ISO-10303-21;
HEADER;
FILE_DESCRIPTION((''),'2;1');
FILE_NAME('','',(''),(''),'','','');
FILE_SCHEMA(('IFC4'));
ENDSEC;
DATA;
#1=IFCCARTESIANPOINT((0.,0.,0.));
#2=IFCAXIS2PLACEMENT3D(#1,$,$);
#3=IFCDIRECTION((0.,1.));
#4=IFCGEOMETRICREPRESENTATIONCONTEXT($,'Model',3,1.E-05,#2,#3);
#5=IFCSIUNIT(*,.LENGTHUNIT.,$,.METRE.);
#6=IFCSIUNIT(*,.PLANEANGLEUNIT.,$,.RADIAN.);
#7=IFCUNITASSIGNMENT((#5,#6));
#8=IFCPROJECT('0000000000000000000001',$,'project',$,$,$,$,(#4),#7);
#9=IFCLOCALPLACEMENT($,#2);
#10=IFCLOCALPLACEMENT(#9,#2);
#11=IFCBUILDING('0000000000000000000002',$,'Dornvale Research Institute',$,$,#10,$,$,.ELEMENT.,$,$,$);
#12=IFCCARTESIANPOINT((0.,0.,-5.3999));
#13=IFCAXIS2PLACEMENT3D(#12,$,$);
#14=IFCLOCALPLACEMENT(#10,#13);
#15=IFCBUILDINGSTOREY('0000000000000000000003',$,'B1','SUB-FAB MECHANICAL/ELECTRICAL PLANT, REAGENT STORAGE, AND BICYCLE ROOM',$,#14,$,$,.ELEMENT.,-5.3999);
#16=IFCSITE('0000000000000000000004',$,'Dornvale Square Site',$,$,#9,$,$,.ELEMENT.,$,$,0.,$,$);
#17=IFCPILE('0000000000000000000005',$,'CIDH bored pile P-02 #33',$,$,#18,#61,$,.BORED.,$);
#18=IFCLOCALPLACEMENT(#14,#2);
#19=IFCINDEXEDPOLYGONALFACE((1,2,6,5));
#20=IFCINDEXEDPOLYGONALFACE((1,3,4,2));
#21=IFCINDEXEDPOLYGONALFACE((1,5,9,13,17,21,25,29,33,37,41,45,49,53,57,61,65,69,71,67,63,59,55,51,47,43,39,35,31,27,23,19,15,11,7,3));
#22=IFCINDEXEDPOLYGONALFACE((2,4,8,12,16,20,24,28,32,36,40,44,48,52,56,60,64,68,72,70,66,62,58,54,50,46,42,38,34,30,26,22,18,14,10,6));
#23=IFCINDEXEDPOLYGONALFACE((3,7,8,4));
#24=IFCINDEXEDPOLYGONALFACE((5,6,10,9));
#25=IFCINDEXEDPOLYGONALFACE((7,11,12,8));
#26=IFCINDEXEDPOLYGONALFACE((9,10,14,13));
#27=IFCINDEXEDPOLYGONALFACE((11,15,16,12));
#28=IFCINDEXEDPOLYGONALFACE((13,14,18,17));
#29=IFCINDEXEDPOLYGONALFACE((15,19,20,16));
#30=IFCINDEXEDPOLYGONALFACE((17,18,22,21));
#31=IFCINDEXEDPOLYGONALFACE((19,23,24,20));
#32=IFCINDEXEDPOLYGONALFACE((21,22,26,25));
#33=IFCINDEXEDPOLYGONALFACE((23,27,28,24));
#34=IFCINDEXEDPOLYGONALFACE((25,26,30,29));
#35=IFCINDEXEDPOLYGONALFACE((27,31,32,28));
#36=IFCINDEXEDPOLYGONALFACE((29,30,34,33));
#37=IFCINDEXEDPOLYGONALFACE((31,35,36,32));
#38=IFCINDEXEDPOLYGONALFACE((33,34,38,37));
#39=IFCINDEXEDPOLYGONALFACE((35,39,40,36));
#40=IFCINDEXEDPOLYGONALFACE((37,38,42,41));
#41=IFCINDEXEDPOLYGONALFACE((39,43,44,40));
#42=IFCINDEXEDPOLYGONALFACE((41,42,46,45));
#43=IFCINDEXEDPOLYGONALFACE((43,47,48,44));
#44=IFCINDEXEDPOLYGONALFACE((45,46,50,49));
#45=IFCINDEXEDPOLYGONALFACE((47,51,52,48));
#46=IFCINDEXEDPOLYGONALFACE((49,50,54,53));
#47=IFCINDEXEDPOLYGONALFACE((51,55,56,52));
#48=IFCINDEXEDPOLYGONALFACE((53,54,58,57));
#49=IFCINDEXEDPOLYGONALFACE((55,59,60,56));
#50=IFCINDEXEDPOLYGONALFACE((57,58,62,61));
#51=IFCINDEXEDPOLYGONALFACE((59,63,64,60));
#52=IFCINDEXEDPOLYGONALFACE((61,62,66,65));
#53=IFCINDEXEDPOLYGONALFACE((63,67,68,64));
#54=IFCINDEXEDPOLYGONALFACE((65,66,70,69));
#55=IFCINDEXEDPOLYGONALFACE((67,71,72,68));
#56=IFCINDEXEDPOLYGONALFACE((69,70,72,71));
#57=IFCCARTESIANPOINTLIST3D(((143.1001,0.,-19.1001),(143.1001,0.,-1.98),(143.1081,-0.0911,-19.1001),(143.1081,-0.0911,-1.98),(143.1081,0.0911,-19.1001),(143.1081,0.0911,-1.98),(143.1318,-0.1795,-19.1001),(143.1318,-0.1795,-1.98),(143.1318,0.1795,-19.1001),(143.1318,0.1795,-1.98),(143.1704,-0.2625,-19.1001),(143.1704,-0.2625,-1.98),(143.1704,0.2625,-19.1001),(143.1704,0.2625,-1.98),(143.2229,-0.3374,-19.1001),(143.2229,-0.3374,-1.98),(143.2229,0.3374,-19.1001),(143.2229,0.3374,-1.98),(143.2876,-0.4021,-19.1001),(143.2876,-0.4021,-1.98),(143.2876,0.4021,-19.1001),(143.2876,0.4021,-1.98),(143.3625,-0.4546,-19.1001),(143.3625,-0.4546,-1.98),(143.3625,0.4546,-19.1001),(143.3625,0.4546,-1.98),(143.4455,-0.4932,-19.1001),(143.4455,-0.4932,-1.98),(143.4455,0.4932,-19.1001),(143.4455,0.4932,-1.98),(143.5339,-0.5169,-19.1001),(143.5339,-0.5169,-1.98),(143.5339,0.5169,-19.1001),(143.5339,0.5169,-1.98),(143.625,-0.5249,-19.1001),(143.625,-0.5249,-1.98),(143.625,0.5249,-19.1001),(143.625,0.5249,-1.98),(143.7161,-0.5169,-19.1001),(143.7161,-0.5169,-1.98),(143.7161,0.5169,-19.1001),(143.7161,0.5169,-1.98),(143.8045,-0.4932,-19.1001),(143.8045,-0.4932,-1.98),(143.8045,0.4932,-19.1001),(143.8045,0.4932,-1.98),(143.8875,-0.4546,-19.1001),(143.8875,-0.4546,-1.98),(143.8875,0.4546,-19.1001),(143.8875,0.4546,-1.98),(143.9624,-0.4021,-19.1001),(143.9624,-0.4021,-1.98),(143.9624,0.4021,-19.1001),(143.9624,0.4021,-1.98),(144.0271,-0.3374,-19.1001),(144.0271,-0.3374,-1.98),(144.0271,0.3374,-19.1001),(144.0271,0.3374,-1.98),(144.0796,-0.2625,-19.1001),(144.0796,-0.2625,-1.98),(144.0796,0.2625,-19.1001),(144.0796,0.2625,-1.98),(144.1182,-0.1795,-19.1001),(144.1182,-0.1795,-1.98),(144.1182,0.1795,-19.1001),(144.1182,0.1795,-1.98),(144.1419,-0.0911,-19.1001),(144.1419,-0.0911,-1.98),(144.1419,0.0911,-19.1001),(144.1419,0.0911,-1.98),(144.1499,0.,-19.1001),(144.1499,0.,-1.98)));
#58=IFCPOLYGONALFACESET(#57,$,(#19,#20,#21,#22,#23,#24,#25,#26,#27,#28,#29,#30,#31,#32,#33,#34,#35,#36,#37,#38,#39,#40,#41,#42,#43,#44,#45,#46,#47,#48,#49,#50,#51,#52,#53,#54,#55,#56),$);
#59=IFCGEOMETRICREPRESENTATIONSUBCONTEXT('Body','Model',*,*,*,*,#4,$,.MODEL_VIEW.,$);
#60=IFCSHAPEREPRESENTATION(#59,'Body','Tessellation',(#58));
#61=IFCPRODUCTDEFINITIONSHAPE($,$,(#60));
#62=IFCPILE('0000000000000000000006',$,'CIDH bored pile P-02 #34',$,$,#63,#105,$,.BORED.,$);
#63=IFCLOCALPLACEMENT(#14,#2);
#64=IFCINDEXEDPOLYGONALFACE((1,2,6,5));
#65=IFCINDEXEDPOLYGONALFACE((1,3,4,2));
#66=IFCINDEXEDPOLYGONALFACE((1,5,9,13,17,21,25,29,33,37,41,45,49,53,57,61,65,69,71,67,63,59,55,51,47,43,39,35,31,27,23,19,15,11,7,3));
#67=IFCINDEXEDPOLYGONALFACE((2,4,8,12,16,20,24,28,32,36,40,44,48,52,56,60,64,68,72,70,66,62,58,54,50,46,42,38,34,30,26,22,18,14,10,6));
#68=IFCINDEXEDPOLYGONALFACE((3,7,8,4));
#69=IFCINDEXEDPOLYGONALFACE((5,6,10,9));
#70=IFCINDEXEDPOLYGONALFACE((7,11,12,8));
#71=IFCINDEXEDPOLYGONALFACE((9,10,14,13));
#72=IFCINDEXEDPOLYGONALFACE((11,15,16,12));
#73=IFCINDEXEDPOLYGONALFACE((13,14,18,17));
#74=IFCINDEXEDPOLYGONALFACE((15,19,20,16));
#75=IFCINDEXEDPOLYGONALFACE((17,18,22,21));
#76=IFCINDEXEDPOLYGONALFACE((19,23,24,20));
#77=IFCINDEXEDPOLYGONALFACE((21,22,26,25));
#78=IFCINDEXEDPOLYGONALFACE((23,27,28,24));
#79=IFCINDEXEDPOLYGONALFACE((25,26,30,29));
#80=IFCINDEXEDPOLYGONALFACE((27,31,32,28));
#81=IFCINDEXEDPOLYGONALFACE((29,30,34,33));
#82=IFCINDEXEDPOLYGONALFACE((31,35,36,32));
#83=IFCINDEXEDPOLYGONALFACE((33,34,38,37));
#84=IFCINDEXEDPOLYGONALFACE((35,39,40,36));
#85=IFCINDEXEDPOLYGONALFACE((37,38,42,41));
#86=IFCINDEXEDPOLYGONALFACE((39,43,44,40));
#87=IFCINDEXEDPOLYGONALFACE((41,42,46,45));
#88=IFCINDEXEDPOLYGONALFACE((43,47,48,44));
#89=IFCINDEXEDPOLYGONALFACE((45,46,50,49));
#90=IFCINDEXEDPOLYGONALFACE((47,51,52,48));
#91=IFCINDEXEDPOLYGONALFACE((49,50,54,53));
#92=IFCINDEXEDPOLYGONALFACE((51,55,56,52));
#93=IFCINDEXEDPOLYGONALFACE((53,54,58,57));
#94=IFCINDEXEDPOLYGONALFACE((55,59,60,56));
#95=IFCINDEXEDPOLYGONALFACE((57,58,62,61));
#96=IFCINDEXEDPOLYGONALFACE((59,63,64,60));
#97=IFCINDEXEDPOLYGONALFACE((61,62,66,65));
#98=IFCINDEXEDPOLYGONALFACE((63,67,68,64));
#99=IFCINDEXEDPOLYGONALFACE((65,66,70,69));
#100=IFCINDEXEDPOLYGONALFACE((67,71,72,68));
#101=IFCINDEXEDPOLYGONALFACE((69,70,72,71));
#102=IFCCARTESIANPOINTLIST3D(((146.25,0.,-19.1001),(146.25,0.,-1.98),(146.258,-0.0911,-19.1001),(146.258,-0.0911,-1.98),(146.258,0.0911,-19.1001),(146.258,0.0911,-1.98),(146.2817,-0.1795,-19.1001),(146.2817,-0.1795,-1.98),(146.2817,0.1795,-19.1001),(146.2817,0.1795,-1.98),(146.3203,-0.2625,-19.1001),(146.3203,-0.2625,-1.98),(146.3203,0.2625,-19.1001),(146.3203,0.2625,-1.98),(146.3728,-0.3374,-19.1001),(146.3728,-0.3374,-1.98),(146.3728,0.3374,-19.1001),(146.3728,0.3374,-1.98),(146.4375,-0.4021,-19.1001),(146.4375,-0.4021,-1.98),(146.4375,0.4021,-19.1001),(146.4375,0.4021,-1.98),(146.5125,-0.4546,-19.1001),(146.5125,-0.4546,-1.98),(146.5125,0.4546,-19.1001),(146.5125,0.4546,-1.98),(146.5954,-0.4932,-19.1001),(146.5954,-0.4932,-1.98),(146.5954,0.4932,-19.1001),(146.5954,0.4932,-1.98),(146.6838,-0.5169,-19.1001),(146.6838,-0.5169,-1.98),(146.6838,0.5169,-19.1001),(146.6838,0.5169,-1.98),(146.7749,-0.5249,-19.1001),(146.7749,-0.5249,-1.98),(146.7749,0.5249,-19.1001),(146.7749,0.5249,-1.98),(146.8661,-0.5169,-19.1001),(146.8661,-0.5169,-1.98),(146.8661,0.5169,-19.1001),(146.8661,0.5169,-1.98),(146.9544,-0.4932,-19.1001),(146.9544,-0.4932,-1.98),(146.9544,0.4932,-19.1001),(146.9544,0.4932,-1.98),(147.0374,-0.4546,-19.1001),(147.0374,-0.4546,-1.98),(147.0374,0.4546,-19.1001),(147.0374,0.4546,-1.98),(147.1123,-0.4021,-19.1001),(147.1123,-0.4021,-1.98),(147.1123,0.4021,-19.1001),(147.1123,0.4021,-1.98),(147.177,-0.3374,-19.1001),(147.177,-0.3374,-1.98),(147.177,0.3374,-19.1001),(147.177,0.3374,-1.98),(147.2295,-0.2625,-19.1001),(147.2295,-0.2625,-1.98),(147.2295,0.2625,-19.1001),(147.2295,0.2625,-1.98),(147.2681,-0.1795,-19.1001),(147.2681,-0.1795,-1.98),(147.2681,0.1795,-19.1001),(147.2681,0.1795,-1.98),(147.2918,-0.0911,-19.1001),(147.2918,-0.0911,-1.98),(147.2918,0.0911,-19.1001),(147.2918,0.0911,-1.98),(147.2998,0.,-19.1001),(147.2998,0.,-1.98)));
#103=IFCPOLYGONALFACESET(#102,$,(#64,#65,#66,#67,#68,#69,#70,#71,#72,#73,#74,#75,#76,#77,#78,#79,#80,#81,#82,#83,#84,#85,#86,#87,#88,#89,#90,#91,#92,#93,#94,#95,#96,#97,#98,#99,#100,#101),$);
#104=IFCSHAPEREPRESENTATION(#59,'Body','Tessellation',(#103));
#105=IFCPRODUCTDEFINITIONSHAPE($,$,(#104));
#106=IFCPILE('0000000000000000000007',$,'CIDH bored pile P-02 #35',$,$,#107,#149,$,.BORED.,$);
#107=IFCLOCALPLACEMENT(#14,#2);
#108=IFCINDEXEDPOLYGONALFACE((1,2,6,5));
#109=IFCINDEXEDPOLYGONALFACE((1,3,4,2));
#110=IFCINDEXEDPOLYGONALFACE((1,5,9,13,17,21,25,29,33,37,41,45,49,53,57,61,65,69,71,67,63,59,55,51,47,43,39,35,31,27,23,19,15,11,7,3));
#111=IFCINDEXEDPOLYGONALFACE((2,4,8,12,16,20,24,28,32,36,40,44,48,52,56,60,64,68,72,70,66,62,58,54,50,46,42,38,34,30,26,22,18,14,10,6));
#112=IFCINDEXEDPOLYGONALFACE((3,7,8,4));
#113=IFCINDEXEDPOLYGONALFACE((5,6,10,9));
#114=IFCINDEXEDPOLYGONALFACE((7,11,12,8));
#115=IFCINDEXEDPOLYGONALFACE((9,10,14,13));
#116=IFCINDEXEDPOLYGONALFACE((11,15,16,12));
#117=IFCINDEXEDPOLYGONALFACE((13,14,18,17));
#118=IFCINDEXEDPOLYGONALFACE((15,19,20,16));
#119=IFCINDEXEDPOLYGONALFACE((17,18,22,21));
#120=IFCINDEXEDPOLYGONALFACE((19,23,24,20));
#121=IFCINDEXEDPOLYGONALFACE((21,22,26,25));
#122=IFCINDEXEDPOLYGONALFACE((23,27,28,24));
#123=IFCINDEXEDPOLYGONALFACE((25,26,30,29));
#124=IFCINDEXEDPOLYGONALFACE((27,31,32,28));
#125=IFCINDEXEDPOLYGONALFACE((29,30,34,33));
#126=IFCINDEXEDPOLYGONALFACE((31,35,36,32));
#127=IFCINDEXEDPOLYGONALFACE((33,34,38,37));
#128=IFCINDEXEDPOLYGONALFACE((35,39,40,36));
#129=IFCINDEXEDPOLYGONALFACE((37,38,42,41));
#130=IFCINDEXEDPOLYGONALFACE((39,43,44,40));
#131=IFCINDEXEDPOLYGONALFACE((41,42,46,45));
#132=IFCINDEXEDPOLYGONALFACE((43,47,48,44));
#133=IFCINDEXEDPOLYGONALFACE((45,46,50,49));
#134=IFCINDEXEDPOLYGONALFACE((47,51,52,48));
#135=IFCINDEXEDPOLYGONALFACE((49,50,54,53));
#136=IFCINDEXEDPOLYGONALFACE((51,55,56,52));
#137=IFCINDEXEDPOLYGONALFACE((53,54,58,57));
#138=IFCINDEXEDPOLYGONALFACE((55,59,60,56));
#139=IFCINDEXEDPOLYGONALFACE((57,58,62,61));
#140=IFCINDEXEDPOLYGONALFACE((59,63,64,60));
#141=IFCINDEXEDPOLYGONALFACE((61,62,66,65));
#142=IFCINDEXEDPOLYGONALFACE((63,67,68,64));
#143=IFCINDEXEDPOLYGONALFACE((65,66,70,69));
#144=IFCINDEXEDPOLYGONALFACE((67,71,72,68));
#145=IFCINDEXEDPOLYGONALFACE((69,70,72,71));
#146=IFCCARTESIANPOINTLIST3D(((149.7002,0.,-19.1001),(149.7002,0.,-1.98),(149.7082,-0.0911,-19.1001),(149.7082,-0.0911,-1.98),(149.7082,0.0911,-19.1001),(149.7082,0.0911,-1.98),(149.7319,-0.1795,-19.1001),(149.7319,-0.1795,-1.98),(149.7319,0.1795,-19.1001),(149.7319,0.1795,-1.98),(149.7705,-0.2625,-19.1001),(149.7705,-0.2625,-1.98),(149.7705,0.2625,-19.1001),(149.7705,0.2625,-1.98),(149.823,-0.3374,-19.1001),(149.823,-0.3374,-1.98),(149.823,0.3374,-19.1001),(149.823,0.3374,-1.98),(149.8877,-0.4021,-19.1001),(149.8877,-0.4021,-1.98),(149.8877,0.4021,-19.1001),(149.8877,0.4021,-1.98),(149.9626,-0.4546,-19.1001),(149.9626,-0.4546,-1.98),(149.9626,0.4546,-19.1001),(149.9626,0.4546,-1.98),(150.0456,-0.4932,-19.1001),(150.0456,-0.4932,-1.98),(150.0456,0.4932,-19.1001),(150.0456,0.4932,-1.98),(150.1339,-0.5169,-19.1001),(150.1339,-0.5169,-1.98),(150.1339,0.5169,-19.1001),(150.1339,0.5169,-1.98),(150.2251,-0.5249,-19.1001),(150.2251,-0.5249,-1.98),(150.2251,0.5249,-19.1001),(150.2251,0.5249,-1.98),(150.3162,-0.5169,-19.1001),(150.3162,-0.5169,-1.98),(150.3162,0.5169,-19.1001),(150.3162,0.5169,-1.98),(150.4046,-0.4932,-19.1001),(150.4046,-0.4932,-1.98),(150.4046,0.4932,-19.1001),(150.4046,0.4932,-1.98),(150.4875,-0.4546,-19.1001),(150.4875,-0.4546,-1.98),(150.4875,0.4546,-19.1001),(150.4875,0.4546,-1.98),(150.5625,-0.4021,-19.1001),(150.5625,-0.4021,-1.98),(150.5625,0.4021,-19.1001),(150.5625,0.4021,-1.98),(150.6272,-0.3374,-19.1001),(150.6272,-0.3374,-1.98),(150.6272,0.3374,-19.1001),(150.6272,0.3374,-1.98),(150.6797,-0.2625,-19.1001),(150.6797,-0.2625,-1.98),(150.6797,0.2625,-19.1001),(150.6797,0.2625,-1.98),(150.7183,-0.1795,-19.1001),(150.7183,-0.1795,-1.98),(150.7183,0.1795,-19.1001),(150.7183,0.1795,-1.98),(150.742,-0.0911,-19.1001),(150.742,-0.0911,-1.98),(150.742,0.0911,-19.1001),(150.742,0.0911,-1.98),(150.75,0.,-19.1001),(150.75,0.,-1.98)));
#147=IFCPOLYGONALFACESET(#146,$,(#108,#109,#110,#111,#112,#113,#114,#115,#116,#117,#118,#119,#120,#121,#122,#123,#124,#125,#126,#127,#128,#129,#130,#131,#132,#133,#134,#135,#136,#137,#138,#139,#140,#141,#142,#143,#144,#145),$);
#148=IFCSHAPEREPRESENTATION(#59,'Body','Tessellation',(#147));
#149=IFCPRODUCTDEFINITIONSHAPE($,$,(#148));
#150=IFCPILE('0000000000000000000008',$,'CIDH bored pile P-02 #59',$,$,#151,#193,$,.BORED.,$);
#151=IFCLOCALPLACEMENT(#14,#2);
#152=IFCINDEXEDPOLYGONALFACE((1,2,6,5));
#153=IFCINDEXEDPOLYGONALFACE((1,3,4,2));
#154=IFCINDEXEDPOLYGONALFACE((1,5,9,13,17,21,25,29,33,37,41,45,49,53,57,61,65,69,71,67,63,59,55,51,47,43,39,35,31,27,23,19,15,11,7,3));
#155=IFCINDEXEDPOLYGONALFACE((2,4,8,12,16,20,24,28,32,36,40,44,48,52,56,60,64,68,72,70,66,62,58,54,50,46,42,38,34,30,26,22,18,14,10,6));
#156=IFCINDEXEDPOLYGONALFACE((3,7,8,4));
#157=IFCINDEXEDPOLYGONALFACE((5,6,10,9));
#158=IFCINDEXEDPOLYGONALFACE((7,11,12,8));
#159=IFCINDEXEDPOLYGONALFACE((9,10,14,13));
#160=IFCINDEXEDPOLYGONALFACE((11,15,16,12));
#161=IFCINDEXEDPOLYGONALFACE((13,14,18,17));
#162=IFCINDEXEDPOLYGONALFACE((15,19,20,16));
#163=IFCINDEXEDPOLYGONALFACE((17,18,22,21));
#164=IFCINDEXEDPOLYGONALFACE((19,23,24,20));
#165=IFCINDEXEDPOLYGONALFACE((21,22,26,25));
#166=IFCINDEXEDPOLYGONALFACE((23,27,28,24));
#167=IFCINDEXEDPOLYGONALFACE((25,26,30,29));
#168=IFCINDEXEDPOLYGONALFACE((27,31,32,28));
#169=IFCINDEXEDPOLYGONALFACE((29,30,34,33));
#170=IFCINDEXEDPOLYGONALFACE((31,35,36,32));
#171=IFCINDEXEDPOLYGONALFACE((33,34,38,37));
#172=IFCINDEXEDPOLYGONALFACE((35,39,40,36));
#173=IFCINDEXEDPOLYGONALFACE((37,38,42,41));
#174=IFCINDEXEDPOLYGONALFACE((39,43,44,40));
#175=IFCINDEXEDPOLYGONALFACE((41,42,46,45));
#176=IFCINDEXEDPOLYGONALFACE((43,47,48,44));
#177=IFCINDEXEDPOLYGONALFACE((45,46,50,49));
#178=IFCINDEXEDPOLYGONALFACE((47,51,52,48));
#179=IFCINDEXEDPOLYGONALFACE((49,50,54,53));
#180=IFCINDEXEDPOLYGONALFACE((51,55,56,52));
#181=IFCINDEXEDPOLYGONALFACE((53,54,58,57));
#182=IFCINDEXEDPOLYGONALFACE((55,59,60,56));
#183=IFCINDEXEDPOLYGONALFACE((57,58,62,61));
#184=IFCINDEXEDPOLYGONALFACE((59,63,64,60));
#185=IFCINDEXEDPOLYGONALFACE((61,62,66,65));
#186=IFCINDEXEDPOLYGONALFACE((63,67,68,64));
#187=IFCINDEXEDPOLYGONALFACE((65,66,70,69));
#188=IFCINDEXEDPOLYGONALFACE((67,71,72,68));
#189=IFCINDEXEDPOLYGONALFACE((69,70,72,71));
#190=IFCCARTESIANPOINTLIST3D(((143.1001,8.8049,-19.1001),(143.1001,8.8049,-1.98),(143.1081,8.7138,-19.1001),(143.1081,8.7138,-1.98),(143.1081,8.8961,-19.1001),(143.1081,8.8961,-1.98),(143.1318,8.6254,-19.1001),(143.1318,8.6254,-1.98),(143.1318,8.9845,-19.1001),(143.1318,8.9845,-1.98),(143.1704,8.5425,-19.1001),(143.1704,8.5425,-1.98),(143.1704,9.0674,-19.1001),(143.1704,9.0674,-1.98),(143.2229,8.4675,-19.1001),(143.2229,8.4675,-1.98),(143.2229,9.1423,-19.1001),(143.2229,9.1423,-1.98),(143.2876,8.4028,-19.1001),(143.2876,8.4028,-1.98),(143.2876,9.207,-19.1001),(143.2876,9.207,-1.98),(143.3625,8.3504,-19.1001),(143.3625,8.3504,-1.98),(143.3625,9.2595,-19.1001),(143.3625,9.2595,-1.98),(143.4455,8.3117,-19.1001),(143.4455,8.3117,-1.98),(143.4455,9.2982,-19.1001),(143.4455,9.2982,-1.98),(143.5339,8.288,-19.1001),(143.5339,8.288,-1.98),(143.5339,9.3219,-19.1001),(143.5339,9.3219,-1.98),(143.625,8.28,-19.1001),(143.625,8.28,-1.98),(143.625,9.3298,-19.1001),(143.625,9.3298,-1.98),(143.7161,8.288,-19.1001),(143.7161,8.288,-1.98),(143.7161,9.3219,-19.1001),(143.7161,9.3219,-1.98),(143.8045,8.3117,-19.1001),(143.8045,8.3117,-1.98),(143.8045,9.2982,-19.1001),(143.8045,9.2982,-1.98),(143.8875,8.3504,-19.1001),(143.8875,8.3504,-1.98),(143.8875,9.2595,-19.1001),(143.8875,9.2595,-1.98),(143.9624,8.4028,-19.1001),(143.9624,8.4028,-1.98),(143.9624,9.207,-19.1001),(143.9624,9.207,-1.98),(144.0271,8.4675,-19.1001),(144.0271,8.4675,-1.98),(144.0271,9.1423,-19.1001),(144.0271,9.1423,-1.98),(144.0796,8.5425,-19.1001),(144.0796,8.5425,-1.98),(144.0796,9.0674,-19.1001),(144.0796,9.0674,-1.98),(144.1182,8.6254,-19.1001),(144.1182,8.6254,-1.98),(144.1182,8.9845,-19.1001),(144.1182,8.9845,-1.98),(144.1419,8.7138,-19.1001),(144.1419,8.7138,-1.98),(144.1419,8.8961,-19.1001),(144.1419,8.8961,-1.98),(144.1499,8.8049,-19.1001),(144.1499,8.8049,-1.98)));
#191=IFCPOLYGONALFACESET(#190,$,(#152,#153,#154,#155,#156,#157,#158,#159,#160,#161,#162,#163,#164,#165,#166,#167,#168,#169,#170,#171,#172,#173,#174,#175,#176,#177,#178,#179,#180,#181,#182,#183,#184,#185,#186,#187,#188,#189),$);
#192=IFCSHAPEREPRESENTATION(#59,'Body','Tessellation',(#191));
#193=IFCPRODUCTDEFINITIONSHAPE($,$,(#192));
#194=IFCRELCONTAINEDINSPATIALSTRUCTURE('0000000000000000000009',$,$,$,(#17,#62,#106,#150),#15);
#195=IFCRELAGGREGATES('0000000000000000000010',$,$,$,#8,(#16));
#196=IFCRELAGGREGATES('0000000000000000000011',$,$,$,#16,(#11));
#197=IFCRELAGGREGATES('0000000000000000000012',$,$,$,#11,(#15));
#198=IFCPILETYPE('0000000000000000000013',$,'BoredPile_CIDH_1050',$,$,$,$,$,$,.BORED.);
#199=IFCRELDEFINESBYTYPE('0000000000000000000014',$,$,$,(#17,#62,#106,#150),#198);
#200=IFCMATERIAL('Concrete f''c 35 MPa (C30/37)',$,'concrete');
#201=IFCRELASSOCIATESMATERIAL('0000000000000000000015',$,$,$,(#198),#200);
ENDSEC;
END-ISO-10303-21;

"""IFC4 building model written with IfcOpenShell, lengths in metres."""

from ifc_helpers import new_model, si_unit, direction, frame, origin, origin_2d, place, context, subcontext, project, spatial, circle, extrude, material, material_profile, profile_set, type_object, element, save


model = new_model("IFC4")

# Units and contexts
model_context = context("Model", 3, precision=1e-05, world=origin(), true_north=direction((0.0, 1.0)))
body_context = subcontext(model_context, "Body", "Model", "MODEL_VIEW")
ifc_project = project(units=[si_unit("LENGTHUNIT", "METRE"), si_unit("PLANEANGLEUNIT", "RADIAN")], contexts=[model_context])

# Site, building, storey
site_placement = place(None, origin())
site = spatial("IfcSite", under=ifc_project, at=site_placement, Name="Dornvale Square Site", CompositionType="ELEMENT", RefElevation=0.0)
building_placement = place(site_placement, origin())
building = spatial("IfcBuilding", under=site, at=building_placement, Name="Dornvale Research Institute", CompositionType="ELEMENT")
storey_placement = place(building_placement, frame((0.0, 0.0, -5.3999)))
storey = spatial("IfcBuildingStorey", under=building, at=storey_placement, Name="B1", Description="SUB-FAB MECHANICAL/ELECTRICAL PLANT, REAGENT STORAGE, AND BICYCLE ROOM", CompositionType="ELEMENT", Elevation=-5.3999)

# Piles
ifc_material_1 = material(Name="Concrete f'c 35 MPa (C30/37)", Category="concrete")
ifc_material_profile_1 = material_profile(ifc_material_1, circle(Radius=0.5249, at=origin_2d()), Name="CIDH PILE D1050")
ifc_profile_set_1 = profile_set([ifc_material_profile_1], Name="Concrete f'c 35 MPa (C30/37)")
pile_type = type_object("IfcPileType", Name="BoredPile_CIDH_1050", PredefinedType="BORED", material=ifc_profile_set_1)
for number, where, z_axis, x_axis, name in (
    (1, (143.625, 0.0, -1.98), (0.0, 0.0, -1.0), (1.0, 0.0, 0.0), "CIDH bored pile P-02 #33"),
    (2, (146.7749, 0.0, -1.98), (0.0, 0.0, -1.0), (1.0, 0.0, 0.0), "CIDH bored pile P-02 #34"),
    (3, (150.2251, 0.0, -1.98), (0.0, 0.0, -1.0), (1.0, 0.0, 0.0), "CIDH bored pile P-02 #35"),
    (4, (143.625, 8.8049, -1.98), (0.0, 0.0, -1.0), (1.0, 0.0, 0.0), "CIDH bored pile P-02 #59"),
):
    element("IfcPile", number, at=place(storey_placement, frame(where, z_axis=z_axis, x_axis=x_axis)), inside=storey, type_object=pile_type, Name=name, PredefinedType="BORED", context=body_context, shape_type="SweptSolid", body=[
        extrude(circle(Radius=0.5249, at=origin_2d()), origin(), (0.0, 0.0, 1.0), 17.1201),
    ])

save(model, "model.ifc")
